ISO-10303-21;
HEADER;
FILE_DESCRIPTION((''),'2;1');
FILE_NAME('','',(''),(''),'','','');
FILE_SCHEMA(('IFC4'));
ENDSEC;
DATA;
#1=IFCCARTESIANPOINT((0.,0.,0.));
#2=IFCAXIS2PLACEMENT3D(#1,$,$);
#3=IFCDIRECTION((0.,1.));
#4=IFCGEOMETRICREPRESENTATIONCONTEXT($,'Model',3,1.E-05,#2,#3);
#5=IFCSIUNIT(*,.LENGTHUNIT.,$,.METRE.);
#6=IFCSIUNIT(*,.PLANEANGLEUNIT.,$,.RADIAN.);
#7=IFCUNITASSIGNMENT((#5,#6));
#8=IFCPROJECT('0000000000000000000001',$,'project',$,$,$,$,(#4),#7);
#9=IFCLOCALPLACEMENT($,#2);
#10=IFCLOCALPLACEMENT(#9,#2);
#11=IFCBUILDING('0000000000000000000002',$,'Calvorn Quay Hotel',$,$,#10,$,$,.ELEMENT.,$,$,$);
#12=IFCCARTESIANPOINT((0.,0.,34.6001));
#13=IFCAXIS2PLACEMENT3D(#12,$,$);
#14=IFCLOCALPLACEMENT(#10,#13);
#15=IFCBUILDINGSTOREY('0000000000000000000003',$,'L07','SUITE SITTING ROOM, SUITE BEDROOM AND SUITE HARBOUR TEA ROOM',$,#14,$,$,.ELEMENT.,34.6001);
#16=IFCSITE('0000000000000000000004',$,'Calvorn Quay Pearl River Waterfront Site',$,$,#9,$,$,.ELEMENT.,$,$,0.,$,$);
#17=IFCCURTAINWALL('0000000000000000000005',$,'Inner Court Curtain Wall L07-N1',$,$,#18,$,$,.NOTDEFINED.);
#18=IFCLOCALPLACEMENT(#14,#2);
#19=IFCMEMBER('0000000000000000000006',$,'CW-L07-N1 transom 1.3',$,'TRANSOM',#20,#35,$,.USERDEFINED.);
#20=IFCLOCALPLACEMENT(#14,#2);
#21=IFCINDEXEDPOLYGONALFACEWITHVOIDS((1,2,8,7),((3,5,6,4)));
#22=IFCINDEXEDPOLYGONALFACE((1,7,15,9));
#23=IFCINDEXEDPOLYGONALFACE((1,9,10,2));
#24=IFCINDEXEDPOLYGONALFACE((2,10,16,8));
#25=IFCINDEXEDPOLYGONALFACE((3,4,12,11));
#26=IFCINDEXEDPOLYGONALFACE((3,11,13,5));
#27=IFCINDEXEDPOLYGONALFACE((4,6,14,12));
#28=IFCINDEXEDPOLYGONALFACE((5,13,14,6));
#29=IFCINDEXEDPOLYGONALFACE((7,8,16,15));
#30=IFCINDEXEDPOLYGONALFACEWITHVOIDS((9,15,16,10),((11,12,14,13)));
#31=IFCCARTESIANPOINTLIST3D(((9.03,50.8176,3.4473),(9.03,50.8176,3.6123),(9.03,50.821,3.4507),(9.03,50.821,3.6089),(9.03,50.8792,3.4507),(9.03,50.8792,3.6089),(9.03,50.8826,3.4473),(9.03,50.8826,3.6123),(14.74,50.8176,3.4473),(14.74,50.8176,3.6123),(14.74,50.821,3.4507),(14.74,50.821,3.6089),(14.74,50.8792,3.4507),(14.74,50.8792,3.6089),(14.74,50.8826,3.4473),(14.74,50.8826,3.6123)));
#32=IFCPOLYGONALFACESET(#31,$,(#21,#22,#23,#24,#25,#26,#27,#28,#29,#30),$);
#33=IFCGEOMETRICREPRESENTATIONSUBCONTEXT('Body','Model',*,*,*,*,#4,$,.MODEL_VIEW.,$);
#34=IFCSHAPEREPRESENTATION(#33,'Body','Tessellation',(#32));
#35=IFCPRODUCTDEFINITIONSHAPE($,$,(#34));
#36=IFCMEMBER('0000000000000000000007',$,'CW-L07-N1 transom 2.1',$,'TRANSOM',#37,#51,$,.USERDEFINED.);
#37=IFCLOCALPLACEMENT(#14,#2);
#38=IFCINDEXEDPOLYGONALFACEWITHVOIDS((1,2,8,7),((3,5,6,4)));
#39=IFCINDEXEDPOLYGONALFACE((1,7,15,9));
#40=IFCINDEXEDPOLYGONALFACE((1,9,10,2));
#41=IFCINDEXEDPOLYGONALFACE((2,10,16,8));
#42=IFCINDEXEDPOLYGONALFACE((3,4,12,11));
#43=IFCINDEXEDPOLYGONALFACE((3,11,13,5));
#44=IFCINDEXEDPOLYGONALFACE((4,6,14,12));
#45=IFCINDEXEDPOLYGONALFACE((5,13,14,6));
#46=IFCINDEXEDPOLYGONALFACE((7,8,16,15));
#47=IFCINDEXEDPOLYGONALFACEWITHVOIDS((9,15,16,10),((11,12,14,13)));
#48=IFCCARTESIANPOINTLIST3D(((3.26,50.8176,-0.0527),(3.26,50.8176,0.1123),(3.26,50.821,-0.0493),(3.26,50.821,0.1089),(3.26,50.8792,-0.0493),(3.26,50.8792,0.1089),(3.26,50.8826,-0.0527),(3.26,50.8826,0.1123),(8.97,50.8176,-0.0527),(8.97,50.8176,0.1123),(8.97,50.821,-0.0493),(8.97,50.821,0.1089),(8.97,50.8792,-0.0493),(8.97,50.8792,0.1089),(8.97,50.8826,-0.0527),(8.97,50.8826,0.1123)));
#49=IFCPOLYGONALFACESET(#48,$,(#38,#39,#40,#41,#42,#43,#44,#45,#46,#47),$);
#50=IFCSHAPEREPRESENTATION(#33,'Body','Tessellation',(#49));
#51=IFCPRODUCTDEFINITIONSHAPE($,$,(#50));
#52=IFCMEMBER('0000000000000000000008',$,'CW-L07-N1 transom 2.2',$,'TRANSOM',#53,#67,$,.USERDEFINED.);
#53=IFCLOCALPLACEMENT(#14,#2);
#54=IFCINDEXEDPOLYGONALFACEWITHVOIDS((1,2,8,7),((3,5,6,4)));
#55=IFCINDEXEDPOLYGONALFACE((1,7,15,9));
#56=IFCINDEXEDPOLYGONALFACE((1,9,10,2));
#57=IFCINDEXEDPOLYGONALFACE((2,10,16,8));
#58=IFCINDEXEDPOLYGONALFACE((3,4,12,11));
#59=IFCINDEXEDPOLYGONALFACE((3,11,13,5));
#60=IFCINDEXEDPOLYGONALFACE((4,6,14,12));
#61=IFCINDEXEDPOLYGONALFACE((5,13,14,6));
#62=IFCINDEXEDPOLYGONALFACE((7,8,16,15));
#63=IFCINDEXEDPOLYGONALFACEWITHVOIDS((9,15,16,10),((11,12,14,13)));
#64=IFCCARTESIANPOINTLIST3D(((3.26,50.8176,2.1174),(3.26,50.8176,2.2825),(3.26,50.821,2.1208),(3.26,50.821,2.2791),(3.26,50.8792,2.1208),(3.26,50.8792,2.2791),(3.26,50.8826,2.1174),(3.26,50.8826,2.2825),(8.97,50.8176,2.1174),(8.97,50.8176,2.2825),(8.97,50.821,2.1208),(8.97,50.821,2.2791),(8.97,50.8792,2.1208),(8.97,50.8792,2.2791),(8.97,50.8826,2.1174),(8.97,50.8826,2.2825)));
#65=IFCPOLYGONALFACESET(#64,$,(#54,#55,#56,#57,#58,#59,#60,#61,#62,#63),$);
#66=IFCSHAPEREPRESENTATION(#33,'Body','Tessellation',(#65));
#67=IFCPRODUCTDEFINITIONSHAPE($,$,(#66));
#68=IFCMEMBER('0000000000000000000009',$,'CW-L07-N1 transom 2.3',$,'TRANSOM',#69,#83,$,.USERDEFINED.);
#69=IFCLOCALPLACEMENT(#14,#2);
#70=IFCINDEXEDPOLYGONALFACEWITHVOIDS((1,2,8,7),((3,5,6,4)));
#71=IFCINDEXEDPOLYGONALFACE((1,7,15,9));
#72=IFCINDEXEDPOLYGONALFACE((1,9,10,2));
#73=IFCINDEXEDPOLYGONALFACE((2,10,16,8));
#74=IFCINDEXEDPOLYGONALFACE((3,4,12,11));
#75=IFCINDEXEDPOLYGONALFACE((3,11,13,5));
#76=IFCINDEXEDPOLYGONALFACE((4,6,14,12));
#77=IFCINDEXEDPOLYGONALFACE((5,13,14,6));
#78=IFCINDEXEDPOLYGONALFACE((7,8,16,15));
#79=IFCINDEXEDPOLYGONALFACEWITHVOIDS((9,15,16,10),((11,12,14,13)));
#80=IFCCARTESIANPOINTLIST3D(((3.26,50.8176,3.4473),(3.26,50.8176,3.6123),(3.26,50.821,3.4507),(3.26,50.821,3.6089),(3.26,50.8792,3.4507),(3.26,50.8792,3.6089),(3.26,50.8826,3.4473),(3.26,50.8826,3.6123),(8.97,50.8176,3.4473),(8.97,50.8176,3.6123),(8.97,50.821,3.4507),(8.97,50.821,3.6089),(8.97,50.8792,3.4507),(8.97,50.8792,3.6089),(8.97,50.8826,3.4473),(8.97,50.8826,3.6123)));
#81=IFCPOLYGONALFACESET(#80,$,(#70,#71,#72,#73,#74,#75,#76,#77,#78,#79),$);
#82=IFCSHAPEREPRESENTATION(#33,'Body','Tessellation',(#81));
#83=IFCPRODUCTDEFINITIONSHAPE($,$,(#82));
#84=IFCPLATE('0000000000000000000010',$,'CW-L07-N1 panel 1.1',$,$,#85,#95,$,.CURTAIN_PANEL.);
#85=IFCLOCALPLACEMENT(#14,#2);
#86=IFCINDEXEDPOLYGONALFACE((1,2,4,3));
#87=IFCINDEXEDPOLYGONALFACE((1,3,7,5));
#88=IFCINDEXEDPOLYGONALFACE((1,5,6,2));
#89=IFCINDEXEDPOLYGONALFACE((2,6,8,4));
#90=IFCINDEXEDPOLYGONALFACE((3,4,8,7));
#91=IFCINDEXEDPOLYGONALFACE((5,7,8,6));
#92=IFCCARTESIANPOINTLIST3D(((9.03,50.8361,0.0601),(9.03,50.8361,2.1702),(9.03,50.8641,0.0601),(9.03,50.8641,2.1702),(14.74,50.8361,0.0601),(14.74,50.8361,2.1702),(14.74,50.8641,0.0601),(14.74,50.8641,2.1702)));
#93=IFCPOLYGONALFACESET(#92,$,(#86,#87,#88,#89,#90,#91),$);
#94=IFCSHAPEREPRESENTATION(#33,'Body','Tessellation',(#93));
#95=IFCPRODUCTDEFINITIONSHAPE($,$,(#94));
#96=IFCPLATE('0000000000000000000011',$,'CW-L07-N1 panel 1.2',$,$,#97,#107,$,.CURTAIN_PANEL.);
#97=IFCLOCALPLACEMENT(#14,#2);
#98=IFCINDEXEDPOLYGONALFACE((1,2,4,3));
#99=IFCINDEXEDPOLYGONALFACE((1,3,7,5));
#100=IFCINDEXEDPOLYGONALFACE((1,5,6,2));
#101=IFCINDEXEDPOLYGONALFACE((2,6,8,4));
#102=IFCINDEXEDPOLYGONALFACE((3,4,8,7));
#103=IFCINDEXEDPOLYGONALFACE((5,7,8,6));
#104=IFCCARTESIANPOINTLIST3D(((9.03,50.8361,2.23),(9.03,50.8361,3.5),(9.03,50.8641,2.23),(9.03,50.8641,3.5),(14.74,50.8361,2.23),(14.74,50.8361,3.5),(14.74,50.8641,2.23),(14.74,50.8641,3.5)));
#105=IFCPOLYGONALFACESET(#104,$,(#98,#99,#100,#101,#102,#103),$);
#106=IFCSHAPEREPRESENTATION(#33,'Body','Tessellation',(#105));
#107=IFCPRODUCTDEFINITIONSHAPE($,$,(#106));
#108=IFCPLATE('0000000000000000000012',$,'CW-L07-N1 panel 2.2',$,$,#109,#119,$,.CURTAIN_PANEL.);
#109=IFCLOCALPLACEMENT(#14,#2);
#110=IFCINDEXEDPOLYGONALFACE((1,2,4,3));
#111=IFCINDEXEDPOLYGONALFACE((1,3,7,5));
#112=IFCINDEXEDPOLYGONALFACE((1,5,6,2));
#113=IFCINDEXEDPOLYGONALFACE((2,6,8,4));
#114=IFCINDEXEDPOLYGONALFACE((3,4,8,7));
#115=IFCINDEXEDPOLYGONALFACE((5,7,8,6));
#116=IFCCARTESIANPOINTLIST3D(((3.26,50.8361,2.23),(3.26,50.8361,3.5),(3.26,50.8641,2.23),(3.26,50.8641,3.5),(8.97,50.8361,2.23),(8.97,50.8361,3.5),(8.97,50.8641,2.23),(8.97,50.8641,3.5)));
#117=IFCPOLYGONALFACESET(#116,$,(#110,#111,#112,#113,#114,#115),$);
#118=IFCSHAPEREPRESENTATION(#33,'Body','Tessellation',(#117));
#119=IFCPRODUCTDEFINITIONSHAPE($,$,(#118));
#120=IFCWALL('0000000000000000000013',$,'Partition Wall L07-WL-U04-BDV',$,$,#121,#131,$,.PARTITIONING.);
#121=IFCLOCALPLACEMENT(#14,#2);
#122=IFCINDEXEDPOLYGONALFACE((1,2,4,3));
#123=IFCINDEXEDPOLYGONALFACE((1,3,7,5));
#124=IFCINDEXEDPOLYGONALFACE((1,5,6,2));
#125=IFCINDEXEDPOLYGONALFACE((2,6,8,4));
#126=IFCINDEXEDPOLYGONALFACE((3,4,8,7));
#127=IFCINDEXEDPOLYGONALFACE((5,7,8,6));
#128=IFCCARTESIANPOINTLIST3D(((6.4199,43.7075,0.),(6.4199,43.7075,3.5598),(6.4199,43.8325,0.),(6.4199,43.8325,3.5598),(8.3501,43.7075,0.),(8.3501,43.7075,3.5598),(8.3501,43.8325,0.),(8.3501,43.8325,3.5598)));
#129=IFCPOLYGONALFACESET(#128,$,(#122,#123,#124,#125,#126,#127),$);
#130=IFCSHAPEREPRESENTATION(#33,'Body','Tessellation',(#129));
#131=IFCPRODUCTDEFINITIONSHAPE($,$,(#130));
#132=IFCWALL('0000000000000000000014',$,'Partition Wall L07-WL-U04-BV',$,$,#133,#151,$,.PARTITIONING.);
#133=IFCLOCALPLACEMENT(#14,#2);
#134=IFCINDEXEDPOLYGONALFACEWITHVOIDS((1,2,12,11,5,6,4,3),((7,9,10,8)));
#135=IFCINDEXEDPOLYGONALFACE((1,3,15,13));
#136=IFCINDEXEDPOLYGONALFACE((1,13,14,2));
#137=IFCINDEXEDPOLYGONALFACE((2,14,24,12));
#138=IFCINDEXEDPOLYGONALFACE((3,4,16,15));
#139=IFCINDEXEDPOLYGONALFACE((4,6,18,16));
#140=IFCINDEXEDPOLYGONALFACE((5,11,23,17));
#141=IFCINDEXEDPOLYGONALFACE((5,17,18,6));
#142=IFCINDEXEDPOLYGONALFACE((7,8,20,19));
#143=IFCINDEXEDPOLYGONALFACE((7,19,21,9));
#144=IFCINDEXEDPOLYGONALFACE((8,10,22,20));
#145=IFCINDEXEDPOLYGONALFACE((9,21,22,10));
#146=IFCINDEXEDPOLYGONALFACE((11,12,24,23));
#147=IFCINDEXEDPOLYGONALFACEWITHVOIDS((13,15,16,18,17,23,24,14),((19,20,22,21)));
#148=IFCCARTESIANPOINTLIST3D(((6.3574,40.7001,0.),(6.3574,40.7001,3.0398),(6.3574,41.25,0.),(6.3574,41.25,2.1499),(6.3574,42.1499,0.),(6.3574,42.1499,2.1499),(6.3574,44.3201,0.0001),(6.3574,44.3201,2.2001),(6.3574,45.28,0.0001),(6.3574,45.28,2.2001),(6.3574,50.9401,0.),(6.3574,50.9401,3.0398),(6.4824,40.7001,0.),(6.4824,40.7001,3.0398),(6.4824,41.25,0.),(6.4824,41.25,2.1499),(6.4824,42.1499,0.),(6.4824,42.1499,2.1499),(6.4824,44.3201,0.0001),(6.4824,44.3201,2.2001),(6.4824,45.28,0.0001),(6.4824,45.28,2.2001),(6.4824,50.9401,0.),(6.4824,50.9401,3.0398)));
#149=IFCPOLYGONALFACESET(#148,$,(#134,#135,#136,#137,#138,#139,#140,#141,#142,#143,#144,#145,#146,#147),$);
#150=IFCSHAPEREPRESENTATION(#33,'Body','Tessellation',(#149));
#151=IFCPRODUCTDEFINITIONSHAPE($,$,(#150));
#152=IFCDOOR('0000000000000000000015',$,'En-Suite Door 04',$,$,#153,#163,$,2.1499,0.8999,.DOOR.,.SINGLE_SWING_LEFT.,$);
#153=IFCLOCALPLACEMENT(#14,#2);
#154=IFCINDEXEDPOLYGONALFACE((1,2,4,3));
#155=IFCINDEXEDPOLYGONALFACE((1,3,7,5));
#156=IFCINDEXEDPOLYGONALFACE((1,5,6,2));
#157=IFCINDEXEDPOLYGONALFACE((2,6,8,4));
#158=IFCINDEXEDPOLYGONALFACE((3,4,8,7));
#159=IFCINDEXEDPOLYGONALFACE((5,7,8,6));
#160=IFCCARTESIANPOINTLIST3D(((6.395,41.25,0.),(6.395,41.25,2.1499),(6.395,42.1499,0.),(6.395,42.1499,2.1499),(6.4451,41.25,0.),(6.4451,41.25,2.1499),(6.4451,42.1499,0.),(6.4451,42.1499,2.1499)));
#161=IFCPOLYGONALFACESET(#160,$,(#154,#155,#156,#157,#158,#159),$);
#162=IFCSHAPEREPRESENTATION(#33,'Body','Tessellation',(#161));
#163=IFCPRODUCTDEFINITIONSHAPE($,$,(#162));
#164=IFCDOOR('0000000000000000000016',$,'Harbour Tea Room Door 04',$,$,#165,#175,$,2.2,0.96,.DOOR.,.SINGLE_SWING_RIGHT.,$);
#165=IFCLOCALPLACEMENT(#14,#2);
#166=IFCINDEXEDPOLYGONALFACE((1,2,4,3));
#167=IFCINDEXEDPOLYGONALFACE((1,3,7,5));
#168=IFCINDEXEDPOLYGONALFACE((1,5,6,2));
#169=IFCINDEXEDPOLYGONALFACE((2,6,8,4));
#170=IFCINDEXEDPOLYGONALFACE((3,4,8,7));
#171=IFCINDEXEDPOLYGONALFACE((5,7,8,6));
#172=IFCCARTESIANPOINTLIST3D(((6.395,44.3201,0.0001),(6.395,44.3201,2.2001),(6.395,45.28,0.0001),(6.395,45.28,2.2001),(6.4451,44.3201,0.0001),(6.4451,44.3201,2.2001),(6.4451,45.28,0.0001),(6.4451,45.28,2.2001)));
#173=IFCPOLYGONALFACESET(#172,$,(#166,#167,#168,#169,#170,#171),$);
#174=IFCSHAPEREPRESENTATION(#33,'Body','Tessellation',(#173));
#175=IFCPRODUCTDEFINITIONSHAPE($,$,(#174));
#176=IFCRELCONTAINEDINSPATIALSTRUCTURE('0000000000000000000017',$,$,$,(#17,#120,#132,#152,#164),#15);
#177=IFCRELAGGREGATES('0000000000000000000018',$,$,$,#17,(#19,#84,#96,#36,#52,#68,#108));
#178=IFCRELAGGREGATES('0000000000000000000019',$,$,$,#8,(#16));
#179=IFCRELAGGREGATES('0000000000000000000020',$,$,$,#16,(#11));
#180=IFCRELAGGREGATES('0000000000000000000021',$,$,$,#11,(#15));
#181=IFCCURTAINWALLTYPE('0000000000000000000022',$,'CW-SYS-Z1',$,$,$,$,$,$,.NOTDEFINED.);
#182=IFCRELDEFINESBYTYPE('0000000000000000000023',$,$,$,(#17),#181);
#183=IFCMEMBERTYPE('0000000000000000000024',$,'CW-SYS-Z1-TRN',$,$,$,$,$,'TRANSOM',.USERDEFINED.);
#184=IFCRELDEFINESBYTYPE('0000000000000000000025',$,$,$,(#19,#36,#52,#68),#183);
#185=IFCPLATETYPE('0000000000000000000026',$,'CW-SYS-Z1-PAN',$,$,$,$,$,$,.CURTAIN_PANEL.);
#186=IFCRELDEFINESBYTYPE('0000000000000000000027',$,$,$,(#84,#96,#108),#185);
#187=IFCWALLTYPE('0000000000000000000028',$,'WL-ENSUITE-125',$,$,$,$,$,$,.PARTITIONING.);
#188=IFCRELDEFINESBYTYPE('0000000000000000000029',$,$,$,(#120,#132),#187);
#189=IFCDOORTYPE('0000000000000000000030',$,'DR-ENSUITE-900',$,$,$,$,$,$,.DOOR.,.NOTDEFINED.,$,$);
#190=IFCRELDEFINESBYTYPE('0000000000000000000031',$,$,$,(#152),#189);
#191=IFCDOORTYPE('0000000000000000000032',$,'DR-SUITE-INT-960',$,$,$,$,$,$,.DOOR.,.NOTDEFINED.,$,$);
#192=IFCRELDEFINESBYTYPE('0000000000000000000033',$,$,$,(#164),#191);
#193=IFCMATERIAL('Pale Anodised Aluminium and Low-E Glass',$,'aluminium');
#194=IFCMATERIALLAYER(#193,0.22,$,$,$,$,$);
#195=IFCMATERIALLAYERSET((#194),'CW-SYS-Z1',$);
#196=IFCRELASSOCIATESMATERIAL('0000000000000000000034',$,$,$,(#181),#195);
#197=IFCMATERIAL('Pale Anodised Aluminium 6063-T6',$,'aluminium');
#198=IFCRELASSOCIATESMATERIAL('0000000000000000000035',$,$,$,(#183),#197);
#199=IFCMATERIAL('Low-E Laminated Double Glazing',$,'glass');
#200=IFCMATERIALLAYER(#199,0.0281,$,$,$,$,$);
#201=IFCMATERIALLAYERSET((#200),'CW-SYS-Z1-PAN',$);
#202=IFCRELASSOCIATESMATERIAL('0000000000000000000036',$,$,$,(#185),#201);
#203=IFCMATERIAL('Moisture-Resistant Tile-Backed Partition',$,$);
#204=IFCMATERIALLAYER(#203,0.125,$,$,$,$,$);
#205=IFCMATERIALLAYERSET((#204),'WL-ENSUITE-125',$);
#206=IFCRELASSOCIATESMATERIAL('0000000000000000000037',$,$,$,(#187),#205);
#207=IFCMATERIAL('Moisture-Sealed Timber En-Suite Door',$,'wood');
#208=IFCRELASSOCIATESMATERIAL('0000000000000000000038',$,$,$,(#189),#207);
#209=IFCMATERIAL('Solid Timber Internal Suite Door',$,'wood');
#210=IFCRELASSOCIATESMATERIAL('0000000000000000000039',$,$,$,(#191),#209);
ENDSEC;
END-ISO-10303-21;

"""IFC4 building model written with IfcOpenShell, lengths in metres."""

from ifc_helpers import new_model, si_unit, direction, frame, frame_2d, origin, origin_2d, place, context, subcontext, project, spatial, rectangle, hollow_rectangle, extrude, material, layer, layer_set, material_profile, profile_set, type_object, element, fill, aggregate, save


model = new_model("IFC4")

# Units and contexts
model_context = context("Model", 3, precision=1e-05, world=origin(), true_north=direction((0.0, 1.0)))
body_context = subcontext(model_context, "Body", "Model", "MODEL_VIEW")
ifc_project = project(units=[si_unit("LENGTHUNIT", "METRE"), si_unit("PLANEANGLEUNIT", "RADIAN")], contexts=[model_context])

# Site, building, storey
site_placement = place(None, origin())
site = spatial("IfcSite", under=ifc_project, at=site_placement, Name="Calvorn Quay Pearl River Waterfront Site", CompositionType="ELEMENT", RefElevation=0.0)
building_placement = place(site_placement, origin())
building = spatial("IfcBuilding", under=site, at=building_placement, Name="Calvorn Quay Hotel", CompositionType="ELEMENT")
storey_placement = place(building_placement, frame((0.0, 0.0, 34.6001)))
storey = spatial("IfcBuildingStorey", under=building, at=storey_placement, Name="L07", Description="SUITE SITTING ROOM, SUITE BEDROOM AND SUITE HARBOUR TEA ROOM", CompositionType="ELEMENT", Elevation=34.6001)

# Curtain wall, members, plates
ifc_material_1 = material(Name="Pale Anodised Aluminium and Low-E Glass", Category="aluminium")
ifc_layer_1 = layer(ifc_material_1, 0.22)
ifc_layer_set_1 = layer_set([ifc_layer_1], Name="CW-SYS-Z1")
curtain_wall_type = type_object("IfcCurtainWallType", Name="CW-SYS-Z1", PredefinedType="NOTDEFINED", material=ifc_layer_set_1)
curtain_wall_placement = place(storey_placement, origin())
curtain_wall = element("IfcCurtainWall", 1, at=curtain_wall_placement, inside=storey, type_object=curtain_wall_type, Name="Inner Court Curtain Wall L07-N1", PredefinedType="NOTDEFINED")
ifc_material_2 = material(Name="Pale Anodised Aluminium 6063-T6", Category="aluminium")
ifc_material_profile_1 = material_profile(ifc_material_2, hollow_rectangle(XDim=0.0649, YDim=0.165, WallThickness=0.0034, at=origin_2d()), Name="ALU-T165x65x3.5")
ifc_profile_set_1 = profile_set([ifc_material_profile_1], Name="Pale Anodised Aluminium 6063-T6")
member_type_1 = type_object("IfcMemberType", Name="CW-SYS-Z1-TRN", ElementType="TRANSOM", PredefinedType="USERDEFINED", material=ifc_profile_set_1)
member_1_placement = place(storey_placement, frame((14.74, 50.8501, 3.5298), z_axis=(-1.0, 0.0, 0.0), x_axis=(0.0, -1.0, 0.0)))
member_1 = element("IfcMember", 2, at=member_1_placement, type_object=member_type_1, Name="CW-L07-N1 transom 1.3", ObjectType="TRANSOM", PredefinedType="USERDEFINED", context=body_context, shape_type="SweptSolid", body=[
    extrude(hollow_rectangle(XDim=0.0649, YDim=0.165, WallThickness=0.0034, at=origin_2d()), origin(), (0.0, 0.0, 1.0), 5.71),
])
member_2_placement = place(storey_placement, frame((8.97, 50.8501, 0.0298), z_axis=(-1.0, 0.0, 0.0), x_axis=(0.0, -1.0, 0.0)))
member_2 = element("IfcMember", 3, at=member_2_placement, type_object=member_type_1, Name="CW-L07-N1 transom 2.1", ObjectType="TRANSOM", PredefinedType="USERDEFINED", context=body_context, shape_type="SweptSolid", body=[
    extrude(hollow_rectangle(XDim=0.0649, YDim=0.165, WallThickness=0.0034, at=origin_2d()), origin(), (0.0, 0.0, 1.0), 5.71),
])
member_3_placement = place(storey_placement, frame((8.97, 50.8501, 2.2), z_axis=(-1.0, 0.0, 0.0), x_axis=(0.0, -1.0, 0.0)))
member_3 = element("IfcMember", 4, at=member_3_placement, type_object=member_type_1, Name="CW-L07-N1 transom 2.2", ObjectType="TRANSOM", PredefinedType="USERDEFINED", context=body_context, shape_type="SweptSolid", body=[
    extrude(hollow_rectangle(XDim=0.0649, YDim=0.165, WallThickness=0.0034, at=origin_2d()), origin(), (0.0, 0.0, 1.0), 5.71),
])
member_4_placement = place(storey_placement, frame((8.97, 50.8501, 3.5298), z_axis=(-1.0, 0.0, 0.0), x_axis=(0.0, -1.0, 0.0)))
member_4 = element("IfcMember", 5, at=member_4_placement, type_object=member_type_1, Name="CW-L07-N1 transom 2.3", ObjectType="TRANSOM", PredefinedType="USERDEFINED", context=body_context, shape_type="SweptSolid", body=[
    extrude(hollow_rectangle(XDim=0.0649, YDim=0.165, WallThickness=0.0034, at=origin_2d()), origin(), (0.0, 0.0, 1.0), 5.71),
])
ifc_material_3 = material(Name="Low-E Laminated Double Glazing", Category="glass")
ifc_layer_2 = layer(ifc_material_3, 0.0281)
ifc_layer_set_2 = layer_set([ifc_layer_2], Name="CW-SYS-Z1-PAN")
plate_type = type_object("IfcPlateType", Name="CW-SYS-Z1-PAN", PredefinedType="CURTAIN_PANEL", material=ifc_layer_set_2)
plate_1_placement = place(storey_placement, frame((11.885, 50.8501, 0.0601), z_axis=(0.0, 0.0, 1.0), x_axis=(-1.0, 0.0, 0.0)))
plate_1 = element("IfcPlate", 6, at=plate_1_placement, type_object=plate_type, Name="CW-L07-N1 panel 1.1", PredefinedType="CURTAIN_PANEL", context=body_context, shape_type="SweptSolid", body=[
    extrude(rectangle(XDim=5.71, YDim=0.0281, at=origin_2d()), origin(), (0.0, 0.0, 1.0), 2.1101),
])
plate_2_placement = place(storey_placement, frame((11.885, 50.8501, 2.23), z_axis=(0.0, 0.0, 1.0), x_axis=(-1.0, 0.0, 0.0)))
plate_2 = element("IfcPlate", 7, at=plate_2_placement, type_object=plate_type, Name="CW-L07-N1 panel 1.2", PredefinedType="CURTAIN_PANEL", context=body_context, shape_type="SweptSolid", body=[
    extrude(rectangle(XDim=5.71, YDim=0.0281, at=origin_2d()), origin(), (0.0, 0.0, 1.0), 1.27),
])
plate_3_placement = place(storey_placement, frame((6.115, 50.8501, 2.23), z_axis=(0.0, 0.0, 1.0), x_axis=(-1.0, 0.0, 0.0)))
plate_3 = element("IfcPlate", 8, at=plate_3_placement, type_object=plate_type, Name="CW-L07-N1 panel 2.2", PredefinedType="CURTAIN_PANEL", context=body_context, shape_type="SweptSolid", body=[
    extrude(rectangle(XDim=5.71, YDim=0.0281, at=origin_2d()), origin(), (0.0, 0.0, 1.0), 1.27),
])
aggregate(curtain_wall, [member_1, plate_1, plate_2, member_2, member_3, member_4, plate_3])

# Wall
ifc_material_4 = material(Name="Moisture-Resistant Tile-Backed Partition")
ifc_layer_3 = layer(ifc_material_4, 0.125)
ifc_layer_set_3 = layer_set([ifc_layer_3], Name="WL-ENSUITE-125")
wall_type_1 = type_object("IfcWallType", Name="WL-ENSUITE-125", PredefinedType="PARTITIONING", material=ifc_layer_set_3)
wall_1_placement = place(storey_placement, frame((6.4199, 43.77, 0.0), z_axis=(0.0, 0.0, 1.0), x_axis=(1.0, 0.0, 0.0)))
element("IfcWall", 9, at=wall_1_placement, inside=storey, type_object=wall_type_1, Name="Partition Wall L07-WL-U04-BDV", PredefinedType="PARTITIONING", context=body_context, shape_type="SweptSolid", body=[
    extrude(rectangle(XDim=1.9302, YDim=0.125, at=frame_2d((0.9651, 0.0))), origin(), (0.0, 0.0, 1.0), 3.5598),
])

# Wall, openings, doors
wall_2_placement = place(storey_placement, frame((6.4199, 40.7, 0.0), z_axis=(0.0, 0.0, 1.0), x_axis=(0.0, 1.0, 0.0)))
wall_2 = element("IfcWall", 10, at=wall_2_placement, inside=storey, type_object=wall_type_1, Name="Partition Wall L07-WL-U04-BV", PredefinedType="PARTITIONING", context=body_context, shape_type="SweptSolid", body=[
    extrude(rectangle(XDim=10.24, YDim=0.125, at=frame_2d((5.1201, 0.0))), origin(), (0.0, 0.0, 1.0), 3.0398),
])
opening_1_placement = place(wall_2_placement, frame((0.55, 0.0, 0.0)))
opening_1 = element("IfcOpeningElement", 11, at=opening_1_placement, cuts=wall_2, PredefinedType="OPENING", context=body_context, shape_type="SweptSolid", body=[
    extrude(rectangle(XDim=0.8999, YDim=2.1499, at=frame_2d((0.45, 1.075))), frame((0.0, 0.0725, 0.0), z_axis=(0.0, -1.0, 0.0), x_axis=(1.0, 0.0, 0.0)), (0.0, 0.0, 1.0), 0.145),
])
opening_2_placement = place(wall_2_placement, frame((3.6201, 0.0, 0.0)))
opening_2 = element("IfcOpeningElement", 12, at=opening_2_placement, cuts=wall_2, PredefinedType="OPENING", context=body_context, shape_type="SweptSolid", body=[
    extrude(rectangle(XDim=0.96, YDim=2.2, at=frame_2d((0.48, 1.1001))), frame((0.0, 0.0725, 0.0), z_axis=(0.0, -1.0, 0.0), x_axis=(1.0, 0.0, 0.0)), (0.0, 0.0, 1.0), 0.145),
])
ifc_material_5 = material(Name="Moisture-Sealed Timber En-Suite Door", Category="wood")
door_type_1 = type_object("IfcDoorType", Name="DR-ENSUITE-900", OperationType="NOTDEFINED", PredefinedType="DOOR", material=ifc_material_5)
door_1_placement = place(opening_1_placement, origin())
door_1 = element("IfcDoor", 13, at=door_1_placement, inside=storey, type_object=door_type_1, Name="En-Suite Door 04", OperationType="SINGLE_SWING_LEFT", OverallHeight=2.1499, OverallWidth=0.8999, PredefinedType="DOOR", context=body_context, shape_type="SweptSolid", body=[
    extrude(rectangle(XDim=0.8999, YDim=2.1499, at=frame_2d((0.45, 1.075))), frame((0.0, 0.0249, 0.0), z_axis=(0.0, -1.0, 0.0), x_axis=(1.0, 0.0, 0.0)), (0.0, 0.0, 1.0), 0.05),
])
fill(opening_1, door_1)
ifc_material_6 = material(Name="Solid Timber Internal Suite Door", Category="wood")
door_type_2 = type_object("IfcDoorType", Name="DR-SUITE-INT-960", OperationType="NOTDEFINED", PredefinedType="DOOR", material=ifc_material_6)
door_2_placement = place(opening_2_placement, origin())
door_2 = element("IfcDoor", 14, at=door_2_placement, inside=storey, type_object=door_type_2, Name="Harbour Tea Room Door 04", OperationType="SINGLE_SWING_RIGHT", OverallHeight=2.2, OverallWidth=0.96, PredefinedType="DOOR", context=body_context, shape_type="SweptSolid", body=[
    extrude(rectangle(XDim=0.96, YDim=2.2, at=frame_2d((0.48, 1.1001))), frame((0.0, 0.0249, 0.0), z_axis=(0.0, -1.0, 0.0), x_axis=(1.0, 0.0, 0.0)), (0.0, 0.0, 1.0), 0.05),
])
fill(opening_2, door_2)

save(model, "model.ifc")
